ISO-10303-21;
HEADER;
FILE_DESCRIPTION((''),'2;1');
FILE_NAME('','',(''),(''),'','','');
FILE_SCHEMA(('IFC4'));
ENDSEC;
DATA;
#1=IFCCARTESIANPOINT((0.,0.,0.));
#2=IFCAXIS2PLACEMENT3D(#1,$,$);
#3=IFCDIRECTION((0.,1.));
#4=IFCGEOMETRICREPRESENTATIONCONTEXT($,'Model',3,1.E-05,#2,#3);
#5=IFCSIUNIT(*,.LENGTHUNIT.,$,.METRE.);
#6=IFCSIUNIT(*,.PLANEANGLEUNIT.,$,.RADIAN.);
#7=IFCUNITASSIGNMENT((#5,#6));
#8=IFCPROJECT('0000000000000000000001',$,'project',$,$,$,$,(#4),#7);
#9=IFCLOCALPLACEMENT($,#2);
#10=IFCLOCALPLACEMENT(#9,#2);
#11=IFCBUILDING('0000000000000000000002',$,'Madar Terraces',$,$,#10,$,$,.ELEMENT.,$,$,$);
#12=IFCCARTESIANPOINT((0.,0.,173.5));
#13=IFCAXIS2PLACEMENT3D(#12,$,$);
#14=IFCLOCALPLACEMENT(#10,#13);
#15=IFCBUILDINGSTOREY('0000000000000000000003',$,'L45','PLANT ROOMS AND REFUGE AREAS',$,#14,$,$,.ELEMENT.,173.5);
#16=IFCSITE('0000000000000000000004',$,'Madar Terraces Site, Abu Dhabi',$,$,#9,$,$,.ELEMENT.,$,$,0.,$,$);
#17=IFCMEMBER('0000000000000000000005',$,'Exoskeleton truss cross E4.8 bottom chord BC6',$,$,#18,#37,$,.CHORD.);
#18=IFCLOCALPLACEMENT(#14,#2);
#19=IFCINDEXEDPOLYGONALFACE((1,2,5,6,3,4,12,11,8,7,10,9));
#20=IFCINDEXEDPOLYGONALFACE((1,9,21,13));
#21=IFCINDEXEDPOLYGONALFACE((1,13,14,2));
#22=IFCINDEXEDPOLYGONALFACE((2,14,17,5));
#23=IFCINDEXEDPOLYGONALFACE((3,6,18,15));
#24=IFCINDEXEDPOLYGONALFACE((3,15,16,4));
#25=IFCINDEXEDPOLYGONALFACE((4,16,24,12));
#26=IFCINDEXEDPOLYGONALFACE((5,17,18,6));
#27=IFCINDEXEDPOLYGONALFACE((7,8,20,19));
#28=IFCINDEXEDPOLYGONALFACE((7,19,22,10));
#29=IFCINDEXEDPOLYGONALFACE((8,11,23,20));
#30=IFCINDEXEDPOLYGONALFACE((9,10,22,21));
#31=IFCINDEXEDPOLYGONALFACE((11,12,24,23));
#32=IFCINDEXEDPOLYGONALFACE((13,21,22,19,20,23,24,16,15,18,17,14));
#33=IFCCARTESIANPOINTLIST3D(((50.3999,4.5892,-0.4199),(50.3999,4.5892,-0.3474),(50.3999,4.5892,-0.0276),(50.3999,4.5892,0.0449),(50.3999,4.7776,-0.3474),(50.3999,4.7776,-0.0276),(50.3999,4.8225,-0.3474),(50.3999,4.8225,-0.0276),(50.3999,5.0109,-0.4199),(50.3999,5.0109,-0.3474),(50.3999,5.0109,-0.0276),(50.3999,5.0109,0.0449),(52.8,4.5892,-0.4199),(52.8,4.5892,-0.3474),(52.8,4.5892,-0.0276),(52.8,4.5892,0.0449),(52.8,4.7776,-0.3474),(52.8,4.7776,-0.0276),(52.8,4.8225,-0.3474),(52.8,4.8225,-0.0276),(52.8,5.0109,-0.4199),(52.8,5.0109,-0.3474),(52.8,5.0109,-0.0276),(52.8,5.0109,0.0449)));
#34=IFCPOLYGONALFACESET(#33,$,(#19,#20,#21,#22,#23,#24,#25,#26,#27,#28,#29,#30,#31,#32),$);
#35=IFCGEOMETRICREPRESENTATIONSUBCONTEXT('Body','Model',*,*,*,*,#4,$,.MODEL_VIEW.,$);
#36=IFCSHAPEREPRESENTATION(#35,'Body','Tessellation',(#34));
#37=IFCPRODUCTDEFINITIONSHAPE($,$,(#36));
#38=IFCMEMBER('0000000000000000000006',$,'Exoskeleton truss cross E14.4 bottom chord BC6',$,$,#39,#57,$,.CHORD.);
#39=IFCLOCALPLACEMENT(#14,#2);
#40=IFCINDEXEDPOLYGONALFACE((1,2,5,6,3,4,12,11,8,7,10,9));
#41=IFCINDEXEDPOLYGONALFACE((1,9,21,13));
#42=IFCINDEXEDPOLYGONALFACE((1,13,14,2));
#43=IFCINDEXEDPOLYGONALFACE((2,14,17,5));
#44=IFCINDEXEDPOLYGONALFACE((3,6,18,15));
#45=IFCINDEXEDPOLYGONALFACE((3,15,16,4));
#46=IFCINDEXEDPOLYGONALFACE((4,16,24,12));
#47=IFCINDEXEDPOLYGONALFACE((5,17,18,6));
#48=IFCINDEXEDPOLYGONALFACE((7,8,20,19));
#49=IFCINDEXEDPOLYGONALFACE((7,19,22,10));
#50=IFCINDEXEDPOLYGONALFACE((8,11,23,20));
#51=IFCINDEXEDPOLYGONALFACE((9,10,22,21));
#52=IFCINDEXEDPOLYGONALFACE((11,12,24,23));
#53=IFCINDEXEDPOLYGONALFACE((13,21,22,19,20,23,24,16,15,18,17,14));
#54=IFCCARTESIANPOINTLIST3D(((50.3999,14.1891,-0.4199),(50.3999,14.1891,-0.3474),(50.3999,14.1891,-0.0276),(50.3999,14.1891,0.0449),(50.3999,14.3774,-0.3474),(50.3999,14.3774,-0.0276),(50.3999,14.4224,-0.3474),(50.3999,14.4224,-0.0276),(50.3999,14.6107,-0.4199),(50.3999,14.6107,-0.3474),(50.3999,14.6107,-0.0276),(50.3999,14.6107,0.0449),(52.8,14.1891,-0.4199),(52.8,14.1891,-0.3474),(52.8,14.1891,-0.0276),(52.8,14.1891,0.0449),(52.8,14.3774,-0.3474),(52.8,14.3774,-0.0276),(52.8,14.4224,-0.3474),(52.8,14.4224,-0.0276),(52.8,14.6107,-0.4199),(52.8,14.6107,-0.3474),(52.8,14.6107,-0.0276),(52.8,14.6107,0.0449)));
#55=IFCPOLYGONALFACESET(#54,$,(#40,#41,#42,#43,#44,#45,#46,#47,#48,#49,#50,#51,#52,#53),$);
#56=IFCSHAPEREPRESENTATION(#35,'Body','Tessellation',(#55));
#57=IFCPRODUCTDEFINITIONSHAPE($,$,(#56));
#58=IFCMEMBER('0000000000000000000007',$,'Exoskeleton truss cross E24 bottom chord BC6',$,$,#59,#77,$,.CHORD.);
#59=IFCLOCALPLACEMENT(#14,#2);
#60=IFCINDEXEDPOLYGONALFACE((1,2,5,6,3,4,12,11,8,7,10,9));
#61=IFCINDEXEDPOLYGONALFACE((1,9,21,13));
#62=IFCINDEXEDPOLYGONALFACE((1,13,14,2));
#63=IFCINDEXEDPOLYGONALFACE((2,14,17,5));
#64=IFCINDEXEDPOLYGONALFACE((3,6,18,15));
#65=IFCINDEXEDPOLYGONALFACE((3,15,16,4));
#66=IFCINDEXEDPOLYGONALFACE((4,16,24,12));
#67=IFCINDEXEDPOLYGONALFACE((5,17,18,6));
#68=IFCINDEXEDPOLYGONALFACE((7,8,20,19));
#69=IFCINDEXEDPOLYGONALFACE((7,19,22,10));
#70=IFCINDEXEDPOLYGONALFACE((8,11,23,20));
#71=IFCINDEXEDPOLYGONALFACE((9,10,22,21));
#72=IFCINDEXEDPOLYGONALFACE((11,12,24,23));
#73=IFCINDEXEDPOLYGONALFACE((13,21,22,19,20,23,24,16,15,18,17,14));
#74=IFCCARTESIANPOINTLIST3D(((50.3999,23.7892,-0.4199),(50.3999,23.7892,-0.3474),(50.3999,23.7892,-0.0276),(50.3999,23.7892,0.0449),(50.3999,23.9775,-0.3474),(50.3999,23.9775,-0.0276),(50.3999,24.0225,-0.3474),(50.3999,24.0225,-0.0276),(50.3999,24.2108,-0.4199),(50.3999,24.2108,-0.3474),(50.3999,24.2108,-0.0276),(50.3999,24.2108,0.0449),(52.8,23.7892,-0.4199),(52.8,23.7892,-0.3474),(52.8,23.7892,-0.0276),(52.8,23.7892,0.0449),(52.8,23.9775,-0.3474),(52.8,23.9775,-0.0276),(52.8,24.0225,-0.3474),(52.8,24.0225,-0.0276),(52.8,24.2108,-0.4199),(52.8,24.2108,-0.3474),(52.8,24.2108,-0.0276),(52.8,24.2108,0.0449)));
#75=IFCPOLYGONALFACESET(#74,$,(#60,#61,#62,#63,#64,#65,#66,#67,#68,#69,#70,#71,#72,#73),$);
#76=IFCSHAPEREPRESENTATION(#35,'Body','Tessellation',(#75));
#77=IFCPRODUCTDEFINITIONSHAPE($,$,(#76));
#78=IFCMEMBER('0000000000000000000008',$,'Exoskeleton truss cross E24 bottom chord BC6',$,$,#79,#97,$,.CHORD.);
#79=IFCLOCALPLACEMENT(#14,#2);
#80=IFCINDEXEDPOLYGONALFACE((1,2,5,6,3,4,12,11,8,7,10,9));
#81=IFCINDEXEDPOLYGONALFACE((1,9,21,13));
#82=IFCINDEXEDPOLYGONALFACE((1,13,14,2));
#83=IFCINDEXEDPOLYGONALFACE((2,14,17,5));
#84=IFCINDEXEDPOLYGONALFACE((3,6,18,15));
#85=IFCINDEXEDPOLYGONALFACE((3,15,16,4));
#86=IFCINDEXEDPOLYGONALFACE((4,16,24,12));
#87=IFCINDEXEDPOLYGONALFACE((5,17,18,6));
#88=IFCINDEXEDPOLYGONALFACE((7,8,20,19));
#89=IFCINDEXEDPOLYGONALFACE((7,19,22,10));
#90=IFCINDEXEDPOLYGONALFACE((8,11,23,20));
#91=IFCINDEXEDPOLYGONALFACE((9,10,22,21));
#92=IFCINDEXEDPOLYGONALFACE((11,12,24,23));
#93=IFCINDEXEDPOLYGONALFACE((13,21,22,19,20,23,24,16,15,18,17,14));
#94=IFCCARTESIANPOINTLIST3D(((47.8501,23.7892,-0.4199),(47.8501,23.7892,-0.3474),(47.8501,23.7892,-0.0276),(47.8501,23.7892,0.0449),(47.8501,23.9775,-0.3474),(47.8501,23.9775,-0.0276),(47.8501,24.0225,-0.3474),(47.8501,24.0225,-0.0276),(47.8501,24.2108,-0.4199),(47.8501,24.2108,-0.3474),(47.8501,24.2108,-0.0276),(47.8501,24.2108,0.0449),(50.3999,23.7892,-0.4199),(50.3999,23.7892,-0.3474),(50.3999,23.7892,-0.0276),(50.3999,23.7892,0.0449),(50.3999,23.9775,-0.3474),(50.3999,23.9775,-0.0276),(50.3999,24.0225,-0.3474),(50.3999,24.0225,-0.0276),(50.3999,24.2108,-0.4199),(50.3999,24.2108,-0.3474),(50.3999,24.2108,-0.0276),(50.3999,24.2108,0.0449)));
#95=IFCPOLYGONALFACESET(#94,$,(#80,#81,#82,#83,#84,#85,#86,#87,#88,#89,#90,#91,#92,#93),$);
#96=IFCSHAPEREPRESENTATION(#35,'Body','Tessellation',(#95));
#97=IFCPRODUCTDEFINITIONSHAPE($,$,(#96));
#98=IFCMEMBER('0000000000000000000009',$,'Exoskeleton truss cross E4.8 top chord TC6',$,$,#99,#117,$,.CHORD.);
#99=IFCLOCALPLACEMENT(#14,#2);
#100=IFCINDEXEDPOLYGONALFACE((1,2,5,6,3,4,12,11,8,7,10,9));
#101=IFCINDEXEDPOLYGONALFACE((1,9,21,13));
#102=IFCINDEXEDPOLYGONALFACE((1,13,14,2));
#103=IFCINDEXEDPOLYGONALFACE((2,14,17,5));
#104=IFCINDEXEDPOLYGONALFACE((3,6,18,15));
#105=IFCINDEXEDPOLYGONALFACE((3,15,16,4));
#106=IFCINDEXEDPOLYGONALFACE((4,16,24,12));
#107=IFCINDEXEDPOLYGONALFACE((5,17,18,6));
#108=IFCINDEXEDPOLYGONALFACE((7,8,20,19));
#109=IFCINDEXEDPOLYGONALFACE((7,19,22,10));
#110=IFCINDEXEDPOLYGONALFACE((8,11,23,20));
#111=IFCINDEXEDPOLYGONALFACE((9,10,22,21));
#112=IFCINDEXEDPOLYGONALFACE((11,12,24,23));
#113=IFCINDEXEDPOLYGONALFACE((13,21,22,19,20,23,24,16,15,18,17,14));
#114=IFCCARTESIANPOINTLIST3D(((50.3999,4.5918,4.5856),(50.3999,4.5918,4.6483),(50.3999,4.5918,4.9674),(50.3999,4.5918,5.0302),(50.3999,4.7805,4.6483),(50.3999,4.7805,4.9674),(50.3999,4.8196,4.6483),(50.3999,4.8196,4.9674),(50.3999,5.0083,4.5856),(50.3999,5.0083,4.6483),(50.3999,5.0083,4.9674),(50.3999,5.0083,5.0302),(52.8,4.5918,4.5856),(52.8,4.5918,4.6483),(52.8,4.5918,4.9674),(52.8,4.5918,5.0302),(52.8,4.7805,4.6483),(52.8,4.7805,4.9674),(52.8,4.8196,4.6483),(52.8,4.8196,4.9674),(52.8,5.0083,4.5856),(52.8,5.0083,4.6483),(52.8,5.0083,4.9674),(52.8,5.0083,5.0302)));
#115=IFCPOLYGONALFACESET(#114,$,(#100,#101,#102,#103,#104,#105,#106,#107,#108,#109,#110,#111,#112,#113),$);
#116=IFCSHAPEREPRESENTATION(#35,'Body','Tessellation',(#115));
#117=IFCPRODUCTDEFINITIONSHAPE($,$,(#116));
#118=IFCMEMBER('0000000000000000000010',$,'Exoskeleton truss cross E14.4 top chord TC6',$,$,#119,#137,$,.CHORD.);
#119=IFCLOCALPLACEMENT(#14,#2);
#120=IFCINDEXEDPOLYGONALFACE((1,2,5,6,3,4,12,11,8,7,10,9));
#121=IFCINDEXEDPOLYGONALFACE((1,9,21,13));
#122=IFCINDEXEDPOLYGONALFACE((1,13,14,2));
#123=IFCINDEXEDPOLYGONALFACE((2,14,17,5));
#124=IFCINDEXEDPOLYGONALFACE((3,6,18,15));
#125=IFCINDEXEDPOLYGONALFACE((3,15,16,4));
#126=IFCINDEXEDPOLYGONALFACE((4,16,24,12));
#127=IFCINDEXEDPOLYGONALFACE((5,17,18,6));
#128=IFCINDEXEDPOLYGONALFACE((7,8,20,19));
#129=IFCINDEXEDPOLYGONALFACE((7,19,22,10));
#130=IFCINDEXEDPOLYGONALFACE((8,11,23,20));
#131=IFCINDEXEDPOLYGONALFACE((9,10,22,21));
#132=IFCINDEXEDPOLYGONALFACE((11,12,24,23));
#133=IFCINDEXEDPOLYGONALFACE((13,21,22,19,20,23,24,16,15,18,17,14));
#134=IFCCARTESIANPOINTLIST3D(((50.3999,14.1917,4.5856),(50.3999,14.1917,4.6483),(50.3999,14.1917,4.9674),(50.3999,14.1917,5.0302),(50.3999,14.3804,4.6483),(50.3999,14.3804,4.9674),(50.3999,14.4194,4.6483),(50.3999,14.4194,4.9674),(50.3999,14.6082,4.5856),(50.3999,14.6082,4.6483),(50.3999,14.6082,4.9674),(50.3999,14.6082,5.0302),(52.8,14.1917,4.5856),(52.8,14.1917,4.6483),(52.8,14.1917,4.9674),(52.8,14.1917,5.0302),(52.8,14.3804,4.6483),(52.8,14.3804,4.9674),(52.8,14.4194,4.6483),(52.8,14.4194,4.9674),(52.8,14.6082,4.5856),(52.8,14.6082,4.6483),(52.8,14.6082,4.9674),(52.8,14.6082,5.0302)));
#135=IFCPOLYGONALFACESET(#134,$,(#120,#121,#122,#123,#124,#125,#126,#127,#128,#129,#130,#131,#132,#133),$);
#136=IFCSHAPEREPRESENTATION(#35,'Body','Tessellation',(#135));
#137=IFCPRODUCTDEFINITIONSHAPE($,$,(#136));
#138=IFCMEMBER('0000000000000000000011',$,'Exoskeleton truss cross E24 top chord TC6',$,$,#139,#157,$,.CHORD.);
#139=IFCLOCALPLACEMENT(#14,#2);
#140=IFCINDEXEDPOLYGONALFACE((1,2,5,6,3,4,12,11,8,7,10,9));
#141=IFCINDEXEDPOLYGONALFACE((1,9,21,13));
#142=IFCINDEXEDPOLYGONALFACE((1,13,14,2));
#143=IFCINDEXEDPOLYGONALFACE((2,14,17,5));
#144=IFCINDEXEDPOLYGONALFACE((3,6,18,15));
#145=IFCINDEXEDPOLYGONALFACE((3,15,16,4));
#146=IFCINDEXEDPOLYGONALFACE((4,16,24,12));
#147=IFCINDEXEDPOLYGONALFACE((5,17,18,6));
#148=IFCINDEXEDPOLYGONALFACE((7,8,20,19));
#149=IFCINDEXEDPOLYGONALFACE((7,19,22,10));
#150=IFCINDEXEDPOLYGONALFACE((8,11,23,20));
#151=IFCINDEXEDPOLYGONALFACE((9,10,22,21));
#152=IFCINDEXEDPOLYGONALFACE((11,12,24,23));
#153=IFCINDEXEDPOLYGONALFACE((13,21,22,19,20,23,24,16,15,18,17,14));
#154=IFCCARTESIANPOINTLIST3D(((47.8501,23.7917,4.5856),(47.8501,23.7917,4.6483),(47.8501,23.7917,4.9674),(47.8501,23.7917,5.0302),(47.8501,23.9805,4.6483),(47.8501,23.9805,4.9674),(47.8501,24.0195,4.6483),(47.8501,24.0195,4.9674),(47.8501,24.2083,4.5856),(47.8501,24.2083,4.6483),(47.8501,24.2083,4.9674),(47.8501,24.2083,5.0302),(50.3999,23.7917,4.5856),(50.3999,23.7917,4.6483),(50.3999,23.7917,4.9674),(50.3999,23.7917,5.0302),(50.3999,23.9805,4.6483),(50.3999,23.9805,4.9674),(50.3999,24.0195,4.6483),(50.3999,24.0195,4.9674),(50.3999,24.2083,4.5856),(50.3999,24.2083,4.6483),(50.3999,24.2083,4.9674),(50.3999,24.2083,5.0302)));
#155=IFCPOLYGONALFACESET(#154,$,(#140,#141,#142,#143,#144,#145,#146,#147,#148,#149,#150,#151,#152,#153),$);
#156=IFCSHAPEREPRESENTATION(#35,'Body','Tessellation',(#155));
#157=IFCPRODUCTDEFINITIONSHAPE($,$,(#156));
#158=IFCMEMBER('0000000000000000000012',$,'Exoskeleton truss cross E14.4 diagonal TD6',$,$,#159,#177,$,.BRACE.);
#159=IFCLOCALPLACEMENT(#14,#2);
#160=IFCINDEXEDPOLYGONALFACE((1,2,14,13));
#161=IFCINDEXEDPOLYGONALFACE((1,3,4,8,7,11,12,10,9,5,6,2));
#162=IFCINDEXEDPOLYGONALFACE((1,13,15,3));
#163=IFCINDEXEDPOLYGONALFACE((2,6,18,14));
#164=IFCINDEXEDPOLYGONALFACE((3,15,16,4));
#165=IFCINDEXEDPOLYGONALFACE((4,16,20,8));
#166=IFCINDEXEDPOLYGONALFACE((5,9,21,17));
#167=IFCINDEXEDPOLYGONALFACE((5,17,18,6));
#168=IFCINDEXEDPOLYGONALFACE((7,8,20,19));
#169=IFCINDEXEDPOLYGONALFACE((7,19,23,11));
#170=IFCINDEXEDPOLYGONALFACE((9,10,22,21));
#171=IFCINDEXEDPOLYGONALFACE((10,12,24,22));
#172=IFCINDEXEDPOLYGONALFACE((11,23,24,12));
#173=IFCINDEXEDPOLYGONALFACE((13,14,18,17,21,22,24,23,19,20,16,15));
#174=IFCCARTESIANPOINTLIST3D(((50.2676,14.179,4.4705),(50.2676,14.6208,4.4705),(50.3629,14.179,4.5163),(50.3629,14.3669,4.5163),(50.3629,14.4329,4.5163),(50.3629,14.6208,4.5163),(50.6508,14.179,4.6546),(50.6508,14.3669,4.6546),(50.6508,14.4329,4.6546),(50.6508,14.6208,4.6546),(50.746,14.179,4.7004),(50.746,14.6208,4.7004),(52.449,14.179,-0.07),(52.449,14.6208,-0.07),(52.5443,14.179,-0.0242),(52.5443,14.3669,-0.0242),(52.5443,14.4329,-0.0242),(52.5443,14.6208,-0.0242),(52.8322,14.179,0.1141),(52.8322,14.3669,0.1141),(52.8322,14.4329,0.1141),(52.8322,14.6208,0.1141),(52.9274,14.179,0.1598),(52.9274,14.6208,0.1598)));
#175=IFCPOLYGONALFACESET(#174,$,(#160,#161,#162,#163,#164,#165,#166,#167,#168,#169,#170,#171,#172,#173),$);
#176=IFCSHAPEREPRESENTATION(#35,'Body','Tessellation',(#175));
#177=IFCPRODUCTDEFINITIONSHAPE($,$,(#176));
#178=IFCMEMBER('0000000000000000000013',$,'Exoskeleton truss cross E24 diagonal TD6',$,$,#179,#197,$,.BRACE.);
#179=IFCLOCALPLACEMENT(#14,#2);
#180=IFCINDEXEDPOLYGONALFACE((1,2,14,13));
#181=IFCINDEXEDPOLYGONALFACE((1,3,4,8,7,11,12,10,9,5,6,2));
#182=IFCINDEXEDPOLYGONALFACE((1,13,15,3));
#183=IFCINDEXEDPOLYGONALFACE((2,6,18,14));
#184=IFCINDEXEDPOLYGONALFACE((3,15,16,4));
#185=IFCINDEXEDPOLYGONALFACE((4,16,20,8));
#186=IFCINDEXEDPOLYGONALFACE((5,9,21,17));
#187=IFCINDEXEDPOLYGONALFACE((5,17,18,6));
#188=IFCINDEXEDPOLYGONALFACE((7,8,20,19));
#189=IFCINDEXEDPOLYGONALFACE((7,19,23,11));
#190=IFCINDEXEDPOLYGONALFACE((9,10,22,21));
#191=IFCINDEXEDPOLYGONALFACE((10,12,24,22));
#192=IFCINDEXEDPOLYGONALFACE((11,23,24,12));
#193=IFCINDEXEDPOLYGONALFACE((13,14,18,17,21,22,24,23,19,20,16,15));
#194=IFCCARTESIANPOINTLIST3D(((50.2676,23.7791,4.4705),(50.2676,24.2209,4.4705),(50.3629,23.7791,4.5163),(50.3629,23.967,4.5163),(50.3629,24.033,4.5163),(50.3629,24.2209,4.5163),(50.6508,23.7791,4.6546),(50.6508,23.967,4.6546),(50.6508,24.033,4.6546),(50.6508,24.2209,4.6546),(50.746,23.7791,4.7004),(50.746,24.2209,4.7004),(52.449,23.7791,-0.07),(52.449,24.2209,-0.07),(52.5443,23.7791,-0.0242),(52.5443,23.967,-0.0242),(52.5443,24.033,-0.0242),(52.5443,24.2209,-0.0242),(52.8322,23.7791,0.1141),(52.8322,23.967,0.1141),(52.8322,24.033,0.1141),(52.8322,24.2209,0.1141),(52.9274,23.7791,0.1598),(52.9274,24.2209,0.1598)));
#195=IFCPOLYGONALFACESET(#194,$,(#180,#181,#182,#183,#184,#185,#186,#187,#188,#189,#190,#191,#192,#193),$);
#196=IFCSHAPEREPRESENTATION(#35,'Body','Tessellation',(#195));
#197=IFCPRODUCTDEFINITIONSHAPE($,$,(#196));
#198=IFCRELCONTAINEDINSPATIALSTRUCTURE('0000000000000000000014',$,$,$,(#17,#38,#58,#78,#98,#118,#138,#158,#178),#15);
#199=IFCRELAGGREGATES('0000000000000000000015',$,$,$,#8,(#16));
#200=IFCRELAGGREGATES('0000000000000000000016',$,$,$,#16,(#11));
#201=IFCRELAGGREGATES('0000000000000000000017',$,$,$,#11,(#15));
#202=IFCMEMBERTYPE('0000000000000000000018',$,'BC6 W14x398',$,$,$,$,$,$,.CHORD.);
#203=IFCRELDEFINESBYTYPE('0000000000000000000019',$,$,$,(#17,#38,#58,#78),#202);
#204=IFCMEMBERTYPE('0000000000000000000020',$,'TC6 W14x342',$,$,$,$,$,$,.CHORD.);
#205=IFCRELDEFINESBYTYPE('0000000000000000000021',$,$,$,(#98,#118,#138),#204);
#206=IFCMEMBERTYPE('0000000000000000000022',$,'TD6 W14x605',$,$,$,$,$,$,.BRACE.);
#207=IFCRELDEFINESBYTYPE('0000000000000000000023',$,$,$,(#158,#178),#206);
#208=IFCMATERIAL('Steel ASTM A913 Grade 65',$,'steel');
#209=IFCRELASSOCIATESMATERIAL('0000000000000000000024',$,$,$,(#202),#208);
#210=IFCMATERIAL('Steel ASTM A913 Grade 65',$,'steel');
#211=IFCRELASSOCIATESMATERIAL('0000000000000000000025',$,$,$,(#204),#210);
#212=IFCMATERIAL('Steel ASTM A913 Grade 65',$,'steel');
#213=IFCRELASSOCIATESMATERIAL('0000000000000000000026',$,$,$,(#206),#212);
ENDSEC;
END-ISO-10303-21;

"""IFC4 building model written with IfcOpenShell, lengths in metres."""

from ifc_helpers import new_model, si_unit, direction, frame, origin, origin_2d, place, context, subcontext, project, spatial, i_section, extrude, material, material_profile, profile_set, type_object, element, save


model = new_model("IFC4")

# Units and contexts
model_context = context("Model", 3, precision=1e-05, world=origin(), true_north=direction((0.0, 1.0)))
body_context = subcontext(model_context, "Body", "Model", "MODEL_VIEW")
ifc_project = project(units=[si_unit("LENGTHUNIT", "METRE"), si_unit("PLANEANGLEUNIT", "RADIAN")], contexts=[model_context])

# Site, building, storey
site_placement = place(None, origin())
site = spatial("IfcSite", under=ifc_project, at=site_placement, Name="Madar Terraces Site, Abu Dhabi", CompositionType="ELEMENT", RefElevation=0.0)
building_placement = place(site_placement, origin())
building = spatial("IfcBuilding", under=site, at=building_placement, Name="Madar Terraces", CompositionType="ELEMENT")
storey_placement = place(building_placement, frame((0.0, 0.0, 173.5)))
storey = spatial("IfcBuildingStorey", under=building, at=storey_placement, Name="L45", Description="PLANT ROOMS AND REFUGE AREAS", CompositionType="ELEMENT", Elevation=173.5)

# Members
ifc_material_1 = material(Name="Steel ASTM A913 Grade 65", Category="steel")
ifc_material_profile_1 = material_profile(ifc_material_1, i_section(OverallWidth=0.4216, OverallDepth=0.4648, WebThickness=0.0449, FlangeThickness=0.0725, at=origin_2d()), Name="W14x398")
ifc_profile_set_1 = profile_set([ifc_material_profile_1], Name="Steel ASTM A913 Grade 65")
member_type_1 = type_object("IfcMemberType", Name="BC6 W14x398", PredefinedType="CHORD", material=ifc_profile_set_1)
for number, where, z_axis, x_axis, name in (
    (1, (52.8, 4.8, -0.1875), (-1.0, 0.0, 0.0), (0.0, -1.0, 0.0), "Exoskeleton truss cross E4.8 bottom chord BC6"),
    (2, (52.8, 14.3999, -0.1875), (-1.0, 0.0, 0.0), (0.0, -1.0, 0.0), "Exoskeleton truss cross E14.4 bottom chord BC6"),
    (3, (52.8, 24.0, -0.1875), (-1.0, 0.0, 0.0), (0.0, -1.0, 0.0), "Exoskeleton truss cross E24 bottom chord BC6"),
):
    element("IfcMember", number, at=place(storey_placement, frame(where, z_axis=z_axis, x_axis=x_axis)), inside=storey, type_object=member_type_1, Name=name, PredefinedType="CHORD", context=body_context, shape_type="SweptSolid", body=[
        extrude(i_section(OverallWidth=0.4216, OverallDepth=0.4648, WebThickness=0.0449, FlangeThickness=0.0725, at=origin_2d()), origin(), (0.0, 0.0, 1.0), 2.4001),
    ])
member_1_placement = place(storey_placement, frame((50.3999, 24.0, -0.1875), z_axis=(-1.0, 0.0, 0.0), x_axis=(0.0, -1.0, 0.0)))
element("IfcMember", 4, at=member_1_placement, inside=storey, type_object=member_type_1, Name="Exoskeleton truss cross E24 bottom chord BC6", PredefinedType="CHORD", context=body_context, shape_type="SweptSolid", body=[
    extrude(i_section(OverallWidth=0.4216, OverallDepth=0.4648, WebThickness=0.0449, FlangeThickness=0.0725, at=origin_2d()), origin(), (0.0, 0.0, 1.0), 2.5498),
])
ifc_material_2 = material(Name="Steel ASTM A913 Grade 65", Category="steel")
ifc_material_profile_2 = material_profile(ifc_material_2, i_section(OverallWidth=0.4165, OverallDepth=0.4446, WebThickness=0.0391, FlangeThickness=0.0627, at=origin_2d()), Name="W14x342")
ifc_profile_set_2 = profile_set([ifc_material_profile_2], Name="Steel ASTM A913 Grade 65")
member_type_2 = type_object("IfcMemberType", Name="TC6 W14x342", PredefinedType="CHORD", material=ifc_profile_set_2)
for number, where, z_axis, x_axis, name in (
    (5, (52.8, 4.8, 4.8079), (-1.0, 0.0, 0.0), (0.0, -1.0, 0.0), "Exoskeleton truss cross E4.8 top chord TC6"),
    (6, (52.8, 14.3999, 4.8079), (-1.0, 0.0, 0.0), (0.0, -1.0, 0.0), "Exoskeleton truss cross E14.4 top chord TC6"),
):
    element("IfcMember", number, at=place(storey_placement, frame(where, z_axis=z_axis, x_axis=x_axis)), inside=storey, type_object=member_type_2, Name=name, PredefinedType="CHORD", context=body_context, shape_type="SweptSolid", body=[
        extrude(i_section(OverallWidth=0.4165, OverallDepth=0.4446, WebThickness=0.0391, FlangeThickness=0.0627, at=origin_2d()), origin(), (0.0, 0.0, 1.0), 2.4001),
    ])
member_2_placement = place(storey_placement, frame((50.3999, 24.0, 4.8079), z_axis=(-1.0, 0.0, 0.0), x_axis=(0.0, -1.0, 0.0)))
element("IfcMember", 7, at=member_2_placement, inside=storey, type_object=member_type_2, Name="Exoskeleton truss cross E24 top chord TC6", PredefinedType="CHORD", context=body_context, shape_type="SweptSolid", body=[
    extrude(i_section(OverallWidth=0.4165, OverallDepth=0.4446, WebThickness=0.0391, FlangeThickness=0.0627, at=origin_2d()), origin(), (0.0, 0.0, 1.0), 2.5498),
])
ifc_material_3 = material(Name="Steel ASTM A913 Grade 65", Category="steel")
ifc_material_profile_3 = material_profile(ifc_material_3, i_section(OverallWidth=0.4419, OverallDepth=0.5308, WebThickness=0.0659, FlangeThickness=0.1057, at=origin_2d()), Name="W14x605")
ifc_profile_set_3 = profile_set([ifc_material_profile_3], Name="Steel ASTM A913 Grade 65")
member_type_3 = type_object("IfcMemberType", Name="TD6 W14x605", PredefinedType="BRACE", material=ifc_profile_set_3)
for number, where, z_axis, x_axis, name in (
    (8, (52.6882, 14.3999, 0.0449), (-0.433045, 0.0, 0.901372), (0.0, -1.0, 0.0), "Exoskeleton truss cross E14.4 diagonal TD6"),
    (9, (52.6882, 24.0, 0.0449), (-0.433045, 0.0, 0.901372), (0.0, -1.0, 0.0), "Exoskeleton truss cross E24 diagonal TD6"),
):
    element("IfcMember", number, at=place(storey_placement, frame(where, z_axis=z_axis, x_axis=x_axis)), inside=storey, type_object=member_type_3, Name=name, PredefinedType="BRACE", context=body_context, shape_type="SweptSolid", body=[
        extrude(i_section(OverallWidth=0.4419, OverallDepth=0.5308, WebThickness=0.0659, FlangeThickness=0.1057, at=origin_2d()), origin(), (0.0, 0.0, 1.0), 5.0374),
    ])

save(model, "model.ifc")
